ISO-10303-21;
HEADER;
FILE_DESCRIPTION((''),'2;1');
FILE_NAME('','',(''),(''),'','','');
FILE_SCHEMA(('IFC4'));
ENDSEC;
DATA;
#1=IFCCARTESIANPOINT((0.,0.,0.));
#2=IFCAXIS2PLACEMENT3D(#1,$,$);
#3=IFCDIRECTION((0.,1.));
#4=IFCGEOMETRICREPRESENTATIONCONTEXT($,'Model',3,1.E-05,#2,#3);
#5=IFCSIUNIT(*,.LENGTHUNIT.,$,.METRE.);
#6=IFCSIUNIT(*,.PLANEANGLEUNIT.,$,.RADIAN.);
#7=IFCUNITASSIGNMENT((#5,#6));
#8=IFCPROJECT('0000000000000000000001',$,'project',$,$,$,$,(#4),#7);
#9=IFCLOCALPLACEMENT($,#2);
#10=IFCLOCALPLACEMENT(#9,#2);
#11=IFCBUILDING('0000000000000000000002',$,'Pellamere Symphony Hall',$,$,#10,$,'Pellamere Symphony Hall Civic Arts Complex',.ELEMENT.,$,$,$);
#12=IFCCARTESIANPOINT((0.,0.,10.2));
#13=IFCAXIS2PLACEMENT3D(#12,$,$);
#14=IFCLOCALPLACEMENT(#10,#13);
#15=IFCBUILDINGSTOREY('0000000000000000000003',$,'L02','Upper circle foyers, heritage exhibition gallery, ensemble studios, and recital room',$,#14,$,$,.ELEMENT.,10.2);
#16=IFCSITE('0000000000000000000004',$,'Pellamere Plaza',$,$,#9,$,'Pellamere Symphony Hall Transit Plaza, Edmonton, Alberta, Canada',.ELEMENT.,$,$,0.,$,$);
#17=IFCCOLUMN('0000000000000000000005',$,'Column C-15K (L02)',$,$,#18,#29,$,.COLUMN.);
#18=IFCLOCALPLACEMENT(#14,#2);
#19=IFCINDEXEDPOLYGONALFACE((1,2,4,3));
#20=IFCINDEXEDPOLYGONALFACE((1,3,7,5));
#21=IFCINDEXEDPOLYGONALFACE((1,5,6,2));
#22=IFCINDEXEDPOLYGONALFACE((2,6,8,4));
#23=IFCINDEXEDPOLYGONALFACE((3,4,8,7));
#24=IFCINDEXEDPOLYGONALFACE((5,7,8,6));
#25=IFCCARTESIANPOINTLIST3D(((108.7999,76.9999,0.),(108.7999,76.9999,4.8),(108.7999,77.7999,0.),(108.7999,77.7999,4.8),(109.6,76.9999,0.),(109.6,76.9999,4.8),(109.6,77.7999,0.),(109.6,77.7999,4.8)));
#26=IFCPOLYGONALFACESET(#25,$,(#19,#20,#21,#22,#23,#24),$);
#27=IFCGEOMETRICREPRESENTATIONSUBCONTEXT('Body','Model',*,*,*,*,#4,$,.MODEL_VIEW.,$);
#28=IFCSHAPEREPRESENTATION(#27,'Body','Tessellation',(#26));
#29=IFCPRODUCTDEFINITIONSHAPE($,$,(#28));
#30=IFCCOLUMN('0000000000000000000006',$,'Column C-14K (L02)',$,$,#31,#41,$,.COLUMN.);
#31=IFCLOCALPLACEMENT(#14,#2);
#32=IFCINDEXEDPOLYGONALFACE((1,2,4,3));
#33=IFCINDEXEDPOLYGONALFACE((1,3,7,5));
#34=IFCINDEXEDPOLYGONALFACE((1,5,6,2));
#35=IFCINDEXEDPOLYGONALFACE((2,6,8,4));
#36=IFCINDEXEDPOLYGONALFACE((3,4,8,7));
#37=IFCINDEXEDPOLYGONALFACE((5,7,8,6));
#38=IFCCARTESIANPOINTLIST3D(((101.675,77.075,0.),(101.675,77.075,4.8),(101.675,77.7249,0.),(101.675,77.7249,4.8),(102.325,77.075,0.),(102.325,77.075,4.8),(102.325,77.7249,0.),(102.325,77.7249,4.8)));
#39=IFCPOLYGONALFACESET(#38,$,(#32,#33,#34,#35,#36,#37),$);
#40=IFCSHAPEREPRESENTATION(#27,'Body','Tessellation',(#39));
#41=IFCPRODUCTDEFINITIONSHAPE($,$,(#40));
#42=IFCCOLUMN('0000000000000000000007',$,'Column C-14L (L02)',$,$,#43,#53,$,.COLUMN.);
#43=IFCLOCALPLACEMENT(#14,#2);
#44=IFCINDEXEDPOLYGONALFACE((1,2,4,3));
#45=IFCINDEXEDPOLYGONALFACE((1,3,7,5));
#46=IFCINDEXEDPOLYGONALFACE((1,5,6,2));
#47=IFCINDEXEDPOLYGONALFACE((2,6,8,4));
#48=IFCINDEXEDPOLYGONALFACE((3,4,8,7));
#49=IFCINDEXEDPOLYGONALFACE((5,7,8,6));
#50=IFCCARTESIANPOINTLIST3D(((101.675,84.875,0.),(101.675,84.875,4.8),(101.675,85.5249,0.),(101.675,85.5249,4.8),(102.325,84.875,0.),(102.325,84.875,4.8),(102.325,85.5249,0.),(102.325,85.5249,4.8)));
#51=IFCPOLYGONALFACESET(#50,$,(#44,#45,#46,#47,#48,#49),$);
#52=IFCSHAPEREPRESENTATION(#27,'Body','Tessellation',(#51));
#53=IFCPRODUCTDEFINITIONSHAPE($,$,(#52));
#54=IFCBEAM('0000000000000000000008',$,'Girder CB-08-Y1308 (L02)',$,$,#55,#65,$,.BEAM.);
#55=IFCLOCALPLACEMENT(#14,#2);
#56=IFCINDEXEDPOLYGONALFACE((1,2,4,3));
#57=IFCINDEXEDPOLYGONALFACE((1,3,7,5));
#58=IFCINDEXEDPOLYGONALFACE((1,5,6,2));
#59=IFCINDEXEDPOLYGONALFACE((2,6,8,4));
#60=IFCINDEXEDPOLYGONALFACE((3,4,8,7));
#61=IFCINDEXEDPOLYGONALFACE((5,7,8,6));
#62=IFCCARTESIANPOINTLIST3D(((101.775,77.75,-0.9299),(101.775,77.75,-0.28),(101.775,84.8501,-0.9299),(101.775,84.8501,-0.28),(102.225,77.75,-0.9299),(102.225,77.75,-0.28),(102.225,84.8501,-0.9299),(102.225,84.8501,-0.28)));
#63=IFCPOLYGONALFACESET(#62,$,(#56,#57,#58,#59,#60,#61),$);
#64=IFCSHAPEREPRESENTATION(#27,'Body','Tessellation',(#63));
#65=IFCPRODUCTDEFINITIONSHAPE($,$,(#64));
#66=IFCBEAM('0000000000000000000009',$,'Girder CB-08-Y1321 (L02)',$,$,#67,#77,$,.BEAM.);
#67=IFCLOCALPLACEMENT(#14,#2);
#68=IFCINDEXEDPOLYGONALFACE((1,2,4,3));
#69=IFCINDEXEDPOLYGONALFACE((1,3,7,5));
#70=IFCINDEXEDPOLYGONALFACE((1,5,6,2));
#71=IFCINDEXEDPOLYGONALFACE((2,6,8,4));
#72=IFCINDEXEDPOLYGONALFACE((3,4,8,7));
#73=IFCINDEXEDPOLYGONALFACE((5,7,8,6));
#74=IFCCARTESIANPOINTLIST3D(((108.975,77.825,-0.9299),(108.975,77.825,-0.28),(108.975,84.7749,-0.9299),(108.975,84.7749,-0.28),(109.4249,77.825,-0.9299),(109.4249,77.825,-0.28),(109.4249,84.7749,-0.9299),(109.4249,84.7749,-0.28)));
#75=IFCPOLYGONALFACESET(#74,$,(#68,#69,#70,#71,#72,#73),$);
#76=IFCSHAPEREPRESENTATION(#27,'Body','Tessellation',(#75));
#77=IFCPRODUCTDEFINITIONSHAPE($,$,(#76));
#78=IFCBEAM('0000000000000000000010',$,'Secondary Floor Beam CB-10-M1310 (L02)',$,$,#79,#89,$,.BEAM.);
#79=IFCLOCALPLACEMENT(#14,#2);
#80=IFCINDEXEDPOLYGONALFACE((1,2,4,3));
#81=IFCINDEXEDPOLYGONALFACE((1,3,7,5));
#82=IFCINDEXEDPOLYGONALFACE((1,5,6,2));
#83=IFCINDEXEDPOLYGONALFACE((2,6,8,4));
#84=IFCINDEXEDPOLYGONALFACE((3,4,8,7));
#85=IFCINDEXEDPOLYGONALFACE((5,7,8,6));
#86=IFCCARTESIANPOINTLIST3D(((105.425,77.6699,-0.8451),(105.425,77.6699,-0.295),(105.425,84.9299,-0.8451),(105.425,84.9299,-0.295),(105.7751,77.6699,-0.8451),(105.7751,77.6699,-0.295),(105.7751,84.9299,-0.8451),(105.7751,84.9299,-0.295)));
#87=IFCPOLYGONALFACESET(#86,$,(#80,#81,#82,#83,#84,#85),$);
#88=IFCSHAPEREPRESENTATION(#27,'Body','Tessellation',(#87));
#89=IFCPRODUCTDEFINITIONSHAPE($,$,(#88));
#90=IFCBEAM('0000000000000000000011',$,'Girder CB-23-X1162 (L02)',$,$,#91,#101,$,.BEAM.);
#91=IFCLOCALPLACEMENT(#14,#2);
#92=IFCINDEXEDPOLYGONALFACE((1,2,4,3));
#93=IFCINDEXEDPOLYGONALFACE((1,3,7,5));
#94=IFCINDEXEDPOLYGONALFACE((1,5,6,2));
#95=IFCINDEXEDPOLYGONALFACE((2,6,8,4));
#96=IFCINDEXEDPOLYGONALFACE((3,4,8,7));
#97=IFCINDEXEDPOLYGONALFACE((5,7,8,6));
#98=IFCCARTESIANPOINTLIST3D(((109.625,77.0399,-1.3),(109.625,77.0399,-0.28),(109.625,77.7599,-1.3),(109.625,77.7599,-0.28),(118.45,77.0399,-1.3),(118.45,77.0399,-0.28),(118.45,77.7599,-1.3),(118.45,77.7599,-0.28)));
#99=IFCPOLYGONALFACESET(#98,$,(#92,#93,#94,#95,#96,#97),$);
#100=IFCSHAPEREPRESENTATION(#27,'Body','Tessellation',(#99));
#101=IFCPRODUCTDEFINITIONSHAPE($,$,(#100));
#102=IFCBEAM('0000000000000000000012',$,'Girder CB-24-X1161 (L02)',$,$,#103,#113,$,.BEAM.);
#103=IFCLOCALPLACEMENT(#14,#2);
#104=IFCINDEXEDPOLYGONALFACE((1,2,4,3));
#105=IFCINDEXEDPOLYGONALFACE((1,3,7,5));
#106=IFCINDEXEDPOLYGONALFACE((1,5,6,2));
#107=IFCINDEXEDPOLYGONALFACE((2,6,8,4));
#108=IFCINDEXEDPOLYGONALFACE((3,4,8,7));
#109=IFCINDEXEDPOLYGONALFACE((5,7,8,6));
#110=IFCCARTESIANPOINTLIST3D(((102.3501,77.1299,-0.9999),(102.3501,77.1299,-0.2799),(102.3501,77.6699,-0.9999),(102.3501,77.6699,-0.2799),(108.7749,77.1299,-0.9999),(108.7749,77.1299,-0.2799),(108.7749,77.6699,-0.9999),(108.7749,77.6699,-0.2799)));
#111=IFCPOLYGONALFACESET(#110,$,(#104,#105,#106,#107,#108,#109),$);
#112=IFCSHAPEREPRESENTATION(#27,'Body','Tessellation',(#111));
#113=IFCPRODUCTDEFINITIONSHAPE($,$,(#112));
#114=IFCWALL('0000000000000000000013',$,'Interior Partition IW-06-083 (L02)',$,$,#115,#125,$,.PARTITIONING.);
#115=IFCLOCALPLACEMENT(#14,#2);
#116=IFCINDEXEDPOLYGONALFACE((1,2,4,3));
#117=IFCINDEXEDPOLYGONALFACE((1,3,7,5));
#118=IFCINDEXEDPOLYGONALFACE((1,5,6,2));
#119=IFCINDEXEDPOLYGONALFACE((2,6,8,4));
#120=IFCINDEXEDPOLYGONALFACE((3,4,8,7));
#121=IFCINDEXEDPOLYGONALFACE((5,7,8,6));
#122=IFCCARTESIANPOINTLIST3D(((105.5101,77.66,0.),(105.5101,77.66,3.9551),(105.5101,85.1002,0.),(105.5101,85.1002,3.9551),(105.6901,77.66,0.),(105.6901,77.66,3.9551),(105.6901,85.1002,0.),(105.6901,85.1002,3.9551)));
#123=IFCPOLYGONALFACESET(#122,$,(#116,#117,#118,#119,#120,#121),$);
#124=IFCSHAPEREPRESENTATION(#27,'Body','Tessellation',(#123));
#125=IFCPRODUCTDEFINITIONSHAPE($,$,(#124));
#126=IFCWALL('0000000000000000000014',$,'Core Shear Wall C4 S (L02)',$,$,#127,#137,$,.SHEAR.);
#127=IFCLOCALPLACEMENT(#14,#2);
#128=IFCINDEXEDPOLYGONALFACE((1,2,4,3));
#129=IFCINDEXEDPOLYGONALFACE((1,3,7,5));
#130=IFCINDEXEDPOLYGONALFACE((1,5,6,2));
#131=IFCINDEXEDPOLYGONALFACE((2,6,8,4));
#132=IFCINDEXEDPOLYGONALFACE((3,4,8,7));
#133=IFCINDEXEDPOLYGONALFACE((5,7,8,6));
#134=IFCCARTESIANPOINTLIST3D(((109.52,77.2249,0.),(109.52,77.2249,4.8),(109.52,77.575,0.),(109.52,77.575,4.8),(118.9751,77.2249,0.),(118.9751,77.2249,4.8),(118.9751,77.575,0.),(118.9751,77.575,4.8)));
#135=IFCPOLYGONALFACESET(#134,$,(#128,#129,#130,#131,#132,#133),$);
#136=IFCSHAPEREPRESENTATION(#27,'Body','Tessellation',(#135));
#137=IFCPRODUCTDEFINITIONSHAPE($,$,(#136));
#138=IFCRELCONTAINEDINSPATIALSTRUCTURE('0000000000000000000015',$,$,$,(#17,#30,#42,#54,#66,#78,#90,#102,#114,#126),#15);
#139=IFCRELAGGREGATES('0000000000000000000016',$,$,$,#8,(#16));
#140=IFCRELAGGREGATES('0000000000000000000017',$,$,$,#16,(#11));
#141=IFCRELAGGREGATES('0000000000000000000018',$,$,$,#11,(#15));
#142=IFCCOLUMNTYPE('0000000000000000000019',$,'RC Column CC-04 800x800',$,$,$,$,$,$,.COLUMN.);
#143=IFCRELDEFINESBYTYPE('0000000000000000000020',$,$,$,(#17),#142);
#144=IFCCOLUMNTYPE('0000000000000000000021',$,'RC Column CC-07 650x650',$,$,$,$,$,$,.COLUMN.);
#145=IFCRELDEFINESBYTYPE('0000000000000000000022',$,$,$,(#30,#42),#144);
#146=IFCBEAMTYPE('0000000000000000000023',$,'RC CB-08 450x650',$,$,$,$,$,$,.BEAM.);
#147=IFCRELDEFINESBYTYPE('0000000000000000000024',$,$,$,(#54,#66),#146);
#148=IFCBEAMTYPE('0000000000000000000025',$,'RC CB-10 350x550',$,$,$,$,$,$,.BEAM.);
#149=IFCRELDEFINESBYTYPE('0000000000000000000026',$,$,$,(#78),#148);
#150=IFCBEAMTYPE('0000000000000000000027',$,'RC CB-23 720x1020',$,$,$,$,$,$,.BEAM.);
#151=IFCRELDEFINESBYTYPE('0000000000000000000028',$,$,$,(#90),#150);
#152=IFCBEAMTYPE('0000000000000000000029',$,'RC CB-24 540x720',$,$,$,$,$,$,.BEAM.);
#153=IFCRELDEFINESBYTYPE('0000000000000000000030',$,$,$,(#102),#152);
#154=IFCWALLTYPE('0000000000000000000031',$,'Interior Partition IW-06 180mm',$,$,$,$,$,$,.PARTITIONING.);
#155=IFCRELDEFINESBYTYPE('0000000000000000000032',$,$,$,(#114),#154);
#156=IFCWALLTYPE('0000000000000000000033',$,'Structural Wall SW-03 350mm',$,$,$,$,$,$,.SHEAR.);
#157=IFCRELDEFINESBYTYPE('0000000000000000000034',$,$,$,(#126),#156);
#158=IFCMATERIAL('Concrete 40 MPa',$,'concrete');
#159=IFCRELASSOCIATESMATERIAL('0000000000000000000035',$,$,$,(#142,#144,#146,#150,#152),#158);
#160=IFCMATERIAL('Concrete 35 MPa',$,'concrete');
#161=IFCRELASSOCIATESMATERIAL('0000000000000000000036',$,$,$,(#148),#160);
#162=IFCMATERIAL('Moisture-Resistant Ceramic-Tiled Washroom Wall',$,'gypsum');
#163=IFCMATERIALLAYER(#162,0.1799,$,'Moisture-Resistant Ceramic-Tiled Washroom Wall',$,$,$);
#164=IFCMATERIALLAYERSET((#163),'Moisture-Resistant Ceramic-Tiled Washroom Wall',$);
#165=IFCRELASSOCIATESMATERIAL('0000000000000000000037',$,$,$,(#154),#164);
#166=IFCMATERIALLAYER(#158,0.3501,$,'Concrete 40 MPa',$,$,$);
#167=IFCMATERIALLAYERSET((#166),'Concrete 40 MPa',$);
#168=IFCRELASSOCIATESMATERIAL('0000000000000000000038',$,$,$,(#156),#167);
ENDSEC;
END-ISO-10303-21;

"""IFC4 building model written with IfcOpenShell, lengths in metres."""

from ifc_helpers import new_model, si_unit, direction, frame, frame_2d, origin, origin_2d, place, context, subcontext, project, spatial, rectangle, extrude, material, layer, layer_set, material_profile, profile_set, type_object, element, save


model = new_model("IFC4")

# Units and contexts
model_context = context("Model", 3, precision=1e-05, world=origin(), true_north=direction((0.0, 1.0)))
body_context = subcontext(model_context, "Body", "Model", "MODEL_VIEW")
ifc_project = project(units=[si_unit("LENGTHUNIT", "METRE"), si_unit("PLANEANGLEUNIT", "RADIAN")], contexts=[model_context])

# Site, building, storey
site_placement = place(None, origin())
site = spatial("IfcSite", under=ifc_project, at=site_placement, Name="Pellamere Plaza", LongName="Pellamere Symphony Hall Transit Plaza, Edmonton, Alberta, Canada", CompositionType="ELEMENT", RefElevation=0.0)
building_placement = place(site_placement, origin())
building = spatial("IfcBuilding", under=site, at=building_placement, Name="Pellamere Symphony Hall", LongName="Pellamere Symphony Hall Civic Arts Complex", CompositionType="ELEMENT")
storey_placement = place(building_placement, frame((0.0, 0.0, 10.2)))
storey = spatial("IfcBuildingStorey", under=building, at=storey_placement, Name="L02", Description="Upper circle foyers, heritage exhibition gallery, ensemble studios, and recital room", CompositionType="ELEMENT", Elevation=10.2)

# Columns
ifc_material_1 = material(Name="Concrete 40 MPa", Category="concrete")
ifc_material_profile_1 = material_profile(ifc_material_1, rectangle(XDim=0.8, YDim=0.8, at=origin_2d()), Name="RC 800x800")
ifc_profile_set_1 = profile_set([ifc_material_profile_1], Name="Concrete 40 MPa")
column_type_1 = type_object("IfcColumnType", Name="RC Column CC-04 800x800", PredefinedType="COLUMN", material=ifc_profile_set_1)
column_placement = place(storey_placement, frame((109.2, 77.3999, 0.0), z_axis=(0.0, 0.0, 1.0), x_axis=(1.0, 0.0, 0.0)))
element("IfcColumn", 1, at=column_placement, inside=storey, type_object=column_type_1, Name="Column C-15K (L02)", PredefinedType="COLUMN", context=body_context, shape_type="SweptSolid", body=[
    extrude(rectangle(XDim=0.8, YDim=0.8, at=origin_2d()), origin(), (0.0, 0.0, 1.0), 4.8),
])
ifc_material_profile_2 = material_profile(ifc_material_1, rectangle(XDim=0.6499, YDim=0.6499, at=origin_2d()), Name="RC 650x650")
ifc_profile_set_2 = profile_set([ifc_material_profile_2], Name="Concrete 40 MPa")
column_type_2 = type_object("IfcColumnType", Name="RC Column CC-07 650x650", PredefinedType="COLUMN", material=ifc_profile_set_2)
for number, where, z_axis, x_axis, name in (
    (2, (102.0, 77.3999, 0.0), (0.0, 0.0, 1.0), (1.0, 0.0, 0.0), "Column C-14K (L02)"),
    (3, (102.0, 85.2, 0.0), (0.0, 0.0, 1.0), (1.0, 0.0, 0.0), "Column C-14L (L02)"),
):
    element("IfcColumn", number, at=place(storey_placement, frame(where, z_axis=z_axis, x_axis=x_axis)), inside=storey, type_object=column_type_2, Name=name, PredefinedType="COLUMN", context=body_context, shape_type="SweptSolid", body=[
        extrude(rectangle(XDim=0.6499, YDim=0.6499, at=origin_2d()), origin(), (0.0, 0.0, 1.0), 4.8),
    ])

# Beams
ifc_material_profile_3 = material_profile(ifc_material_1, rectangle(XDim=0.45, YDim=0.6499, at=origin_2d()), Name="RC 450x650")
ifc_profile_set_3 = profile_set([ifc_material_profile_3], Name="Concrete 40 MPa")
beam_type_1 = type_object("IfcBeamType", Name="RC CB-08 450x650", PredefinedType="BEAM", material=ifc_profile_set_3)
beam_1_placement = place(storey_placement, frame((102.0, 77.75, -0.605), z_axis=(0.0, 1.0, 0.0), x_axis=(-1.0, 0.0, 0.0)))
element("IfcBeam", 4, at=beam_1_placement, inside=storey, type_object=beam_type_1, Name="Girder CB-08-Y1308 (L02)", PredefinedType="BEAM", context=body_context, shape_type="SweptSolid", body=[
    extrude(rectangle(XDim=0.45, YDim=0.6499, at=origin_2d()), origin(), (0.0, 0.0, 1.0), 7.1001),
])
beam_2_placement = place(storey_placement, frame((109.2, 77.825, -0.605), z_axis=(0.0, 1.0, 0.0), x_axis=(-1.0, 0.0, 0.0)))
element("IfcBeam", 5, at=beam_2_placement, inside=storey, type_object=beam_type_1, Name="Girder CB-08-Y1321 (L02)", PredefinedType="BEAM", context=body_context, shape_type="SweptSolid", body=[
    extrude(rectangle(XDim=0.45, YDim=0.6499, at=origin_2d()), origin(), (0.0, 0.0, 1.0), 6.95),
])
ifc_material_2 = material(Name="Concrete 35 MPa", Category="concrete")
ifc_material_profile_4 = material_profile(ifc_material_2, rectangle(XDim=0.3501, YDim=0.55, at=origin_2d()), Name="RC 350x550")
ifc_profile_set_4 = profile_set([ifc_material_profile_4], Name="Concrete 35 MPa")
beam_type_2 = type_object("IfcBeamType", Name="RC CB-10 350x550", PredefinedType="BEAM", material=ifc_profile_set_4)
beam_3_placement = place(storey_placement, frame((105.6001, 77.6699, -0.5701), z_axis=(0.0, 1.0, 0.0), x_axis=(-1.0, 0.0, 0.0)))
element("IfcBeam", 6, at=beam_3_placement, inside=storey, type_object=beam_type_2, Name="Secondary Floor Beam CB-10-M1310 (L02)", PredefinedType="BEAM", context=body_context, shape_type="SweptSolid", body=[
    extrude(rectangle(XDim=0.3501, YDim=0.55, at=origin_2d()), origin(), (0.0, 0.0, 1.0), 7.26),
])
ifc_material_profile_5 = material_profile(ifc_material_1, rectangle(XDim=0.72, YDim=1.02, at=origin_2d()), Name="RC 720x1020")
ifc_profile_set_5 = profile_set([ifc_material_profile_5], Name="Concrete 40 MPa")
beam_type_3 = type_object("IfcBeamType", Name="RC CB-23 720x1020", PredefinedType="BEAM", material=ifc_profile_set_5)
beam_4_placement = place(storey_placement, frame((109.625, 77.3999, -0.79), z_axis=(1.0, 0.0, 0.0), x_axis=(0.0, 1.0, 0.0)))
element("IfcBeam", 7, at=beam_4_placement, inside=storey, type_object=beam_type_3, Name="Girder CB-23-X1162 (L02)", PredefinedType="BEAM", context=body_context, shape_type="SweptSolid", body=[
    extrude(rectangle(XDim=0.72, YDim=1.02, at=origin_2d()), origin(), (0.0, 0.0, 1.0), 8.825),
])
ifc_material_profile_6 = material_profile(ifc_material_1, rectangle(XDim=0.54, YDim=0.72, at=origin_2d()), Name="RC 540x720")
ifc_profile_set_6 = profile_set([ifc_material_profile_6], Name="Concrete 40 MPa")
beam_type_4 = type_object("IfcBeamType", Name="RC CB-24 540x720", PredefinedType="BEAM", material=ifc_profile_set_6)
beam_5_placement = place(storey_placement, frame((102.3501, 77.3999, -0.6399), z_axis=(1.0, 0.0, 0.0), x_axis=(0.0, 1.0, 0.0)))
element("IfcBeam", 8, at=beam_5_placement, inside=storey, type_object=beam_type_4, Name="Girder CB-24-X1161 (L02)", PredefinedType="BEAM", context=body_context, shape_type="SweptSolid", body=[
    extrude(rectangle(XDim=0.54, YDim=0.72, at=origin_2d()), origin(), (0.0, 0.0, 1.0), 6.4248),
])

# Walls
ifc_material_3 = material(Name="Moisture-Resistant Ceramic-Tiled Washroom Wall", Category="gypsum")
ifc_layer_1 = layer(ifc_material_3, 0.1799, Name="Moisture-Resistant Ceramic-Tiled Washroom Wall")
ifc_layer_set_1 = layer_set([ifc_layer_1], Name="Moisture-Resistant Ceramic-Tiled Washroom Wall")
wall_type_1 = type_object("IfcWallType", Name="Interior Partition IW-06 180mm", PredefinedType="PARTITIONING", material=ifc_layer_set_1)
wall_1_placement = place(storey_placement, frame((105.6001, 77.6599, 0.0), z_axis=(0.0, 0.0, 1.0), x_axis=(0.0, 1.0, 0.0)))
element("IfcWall", 9, at=wall_1_placement, inside=storey, type_object=wall_type_1, Name="Interior Partition IW-06-083 (L02)", PredefinedType="PARTITIONING", context=body_context, shape_type="SweptSolid", body=[
    extrude(rectangle(XDim=7.4402, YDim=0.1799, at=frame_2d((3.7202, 0.0))), origin(), (0.0, 0.0, 1.0), 3.9551),
])
ifc_layer_2 = layer(ifc_material_1, 0.3501, Name="Concrete 40 MPa")
ifc_layer_set_2 = layer_set([ifc_layer_2], Name="Concrete 40 MPa")
wall_type_2 = type_object("IfcWallType", Name="Structural Wall SW-03 350mm", PredefinedType="SHEAR", material=ifc_layer_set_2)
wall_2_placement = place(storey_placement, frame((109.52, 77.3999, 0.0), z_axis=(0.0, 0.0, 1.0), x_axis=(1.0, 0.0, 0.0)))
element("IfcWall", 10, at=wall_2_placement, inside=storey, type_object=wall_type_2, Name="Core Shear Wall C4 S (L02)", PredefinedType="SHEAR", context=body_context, shape_type="SweptSolid", body=[
    extrude(rectangle(XDim=9.4551, YDim=0.3501, at=frame_2d((4.7275, 0.0))), origin(), (0.0, 0.0, 1.0), 4.8),
])

save(model, "model.ifc")
